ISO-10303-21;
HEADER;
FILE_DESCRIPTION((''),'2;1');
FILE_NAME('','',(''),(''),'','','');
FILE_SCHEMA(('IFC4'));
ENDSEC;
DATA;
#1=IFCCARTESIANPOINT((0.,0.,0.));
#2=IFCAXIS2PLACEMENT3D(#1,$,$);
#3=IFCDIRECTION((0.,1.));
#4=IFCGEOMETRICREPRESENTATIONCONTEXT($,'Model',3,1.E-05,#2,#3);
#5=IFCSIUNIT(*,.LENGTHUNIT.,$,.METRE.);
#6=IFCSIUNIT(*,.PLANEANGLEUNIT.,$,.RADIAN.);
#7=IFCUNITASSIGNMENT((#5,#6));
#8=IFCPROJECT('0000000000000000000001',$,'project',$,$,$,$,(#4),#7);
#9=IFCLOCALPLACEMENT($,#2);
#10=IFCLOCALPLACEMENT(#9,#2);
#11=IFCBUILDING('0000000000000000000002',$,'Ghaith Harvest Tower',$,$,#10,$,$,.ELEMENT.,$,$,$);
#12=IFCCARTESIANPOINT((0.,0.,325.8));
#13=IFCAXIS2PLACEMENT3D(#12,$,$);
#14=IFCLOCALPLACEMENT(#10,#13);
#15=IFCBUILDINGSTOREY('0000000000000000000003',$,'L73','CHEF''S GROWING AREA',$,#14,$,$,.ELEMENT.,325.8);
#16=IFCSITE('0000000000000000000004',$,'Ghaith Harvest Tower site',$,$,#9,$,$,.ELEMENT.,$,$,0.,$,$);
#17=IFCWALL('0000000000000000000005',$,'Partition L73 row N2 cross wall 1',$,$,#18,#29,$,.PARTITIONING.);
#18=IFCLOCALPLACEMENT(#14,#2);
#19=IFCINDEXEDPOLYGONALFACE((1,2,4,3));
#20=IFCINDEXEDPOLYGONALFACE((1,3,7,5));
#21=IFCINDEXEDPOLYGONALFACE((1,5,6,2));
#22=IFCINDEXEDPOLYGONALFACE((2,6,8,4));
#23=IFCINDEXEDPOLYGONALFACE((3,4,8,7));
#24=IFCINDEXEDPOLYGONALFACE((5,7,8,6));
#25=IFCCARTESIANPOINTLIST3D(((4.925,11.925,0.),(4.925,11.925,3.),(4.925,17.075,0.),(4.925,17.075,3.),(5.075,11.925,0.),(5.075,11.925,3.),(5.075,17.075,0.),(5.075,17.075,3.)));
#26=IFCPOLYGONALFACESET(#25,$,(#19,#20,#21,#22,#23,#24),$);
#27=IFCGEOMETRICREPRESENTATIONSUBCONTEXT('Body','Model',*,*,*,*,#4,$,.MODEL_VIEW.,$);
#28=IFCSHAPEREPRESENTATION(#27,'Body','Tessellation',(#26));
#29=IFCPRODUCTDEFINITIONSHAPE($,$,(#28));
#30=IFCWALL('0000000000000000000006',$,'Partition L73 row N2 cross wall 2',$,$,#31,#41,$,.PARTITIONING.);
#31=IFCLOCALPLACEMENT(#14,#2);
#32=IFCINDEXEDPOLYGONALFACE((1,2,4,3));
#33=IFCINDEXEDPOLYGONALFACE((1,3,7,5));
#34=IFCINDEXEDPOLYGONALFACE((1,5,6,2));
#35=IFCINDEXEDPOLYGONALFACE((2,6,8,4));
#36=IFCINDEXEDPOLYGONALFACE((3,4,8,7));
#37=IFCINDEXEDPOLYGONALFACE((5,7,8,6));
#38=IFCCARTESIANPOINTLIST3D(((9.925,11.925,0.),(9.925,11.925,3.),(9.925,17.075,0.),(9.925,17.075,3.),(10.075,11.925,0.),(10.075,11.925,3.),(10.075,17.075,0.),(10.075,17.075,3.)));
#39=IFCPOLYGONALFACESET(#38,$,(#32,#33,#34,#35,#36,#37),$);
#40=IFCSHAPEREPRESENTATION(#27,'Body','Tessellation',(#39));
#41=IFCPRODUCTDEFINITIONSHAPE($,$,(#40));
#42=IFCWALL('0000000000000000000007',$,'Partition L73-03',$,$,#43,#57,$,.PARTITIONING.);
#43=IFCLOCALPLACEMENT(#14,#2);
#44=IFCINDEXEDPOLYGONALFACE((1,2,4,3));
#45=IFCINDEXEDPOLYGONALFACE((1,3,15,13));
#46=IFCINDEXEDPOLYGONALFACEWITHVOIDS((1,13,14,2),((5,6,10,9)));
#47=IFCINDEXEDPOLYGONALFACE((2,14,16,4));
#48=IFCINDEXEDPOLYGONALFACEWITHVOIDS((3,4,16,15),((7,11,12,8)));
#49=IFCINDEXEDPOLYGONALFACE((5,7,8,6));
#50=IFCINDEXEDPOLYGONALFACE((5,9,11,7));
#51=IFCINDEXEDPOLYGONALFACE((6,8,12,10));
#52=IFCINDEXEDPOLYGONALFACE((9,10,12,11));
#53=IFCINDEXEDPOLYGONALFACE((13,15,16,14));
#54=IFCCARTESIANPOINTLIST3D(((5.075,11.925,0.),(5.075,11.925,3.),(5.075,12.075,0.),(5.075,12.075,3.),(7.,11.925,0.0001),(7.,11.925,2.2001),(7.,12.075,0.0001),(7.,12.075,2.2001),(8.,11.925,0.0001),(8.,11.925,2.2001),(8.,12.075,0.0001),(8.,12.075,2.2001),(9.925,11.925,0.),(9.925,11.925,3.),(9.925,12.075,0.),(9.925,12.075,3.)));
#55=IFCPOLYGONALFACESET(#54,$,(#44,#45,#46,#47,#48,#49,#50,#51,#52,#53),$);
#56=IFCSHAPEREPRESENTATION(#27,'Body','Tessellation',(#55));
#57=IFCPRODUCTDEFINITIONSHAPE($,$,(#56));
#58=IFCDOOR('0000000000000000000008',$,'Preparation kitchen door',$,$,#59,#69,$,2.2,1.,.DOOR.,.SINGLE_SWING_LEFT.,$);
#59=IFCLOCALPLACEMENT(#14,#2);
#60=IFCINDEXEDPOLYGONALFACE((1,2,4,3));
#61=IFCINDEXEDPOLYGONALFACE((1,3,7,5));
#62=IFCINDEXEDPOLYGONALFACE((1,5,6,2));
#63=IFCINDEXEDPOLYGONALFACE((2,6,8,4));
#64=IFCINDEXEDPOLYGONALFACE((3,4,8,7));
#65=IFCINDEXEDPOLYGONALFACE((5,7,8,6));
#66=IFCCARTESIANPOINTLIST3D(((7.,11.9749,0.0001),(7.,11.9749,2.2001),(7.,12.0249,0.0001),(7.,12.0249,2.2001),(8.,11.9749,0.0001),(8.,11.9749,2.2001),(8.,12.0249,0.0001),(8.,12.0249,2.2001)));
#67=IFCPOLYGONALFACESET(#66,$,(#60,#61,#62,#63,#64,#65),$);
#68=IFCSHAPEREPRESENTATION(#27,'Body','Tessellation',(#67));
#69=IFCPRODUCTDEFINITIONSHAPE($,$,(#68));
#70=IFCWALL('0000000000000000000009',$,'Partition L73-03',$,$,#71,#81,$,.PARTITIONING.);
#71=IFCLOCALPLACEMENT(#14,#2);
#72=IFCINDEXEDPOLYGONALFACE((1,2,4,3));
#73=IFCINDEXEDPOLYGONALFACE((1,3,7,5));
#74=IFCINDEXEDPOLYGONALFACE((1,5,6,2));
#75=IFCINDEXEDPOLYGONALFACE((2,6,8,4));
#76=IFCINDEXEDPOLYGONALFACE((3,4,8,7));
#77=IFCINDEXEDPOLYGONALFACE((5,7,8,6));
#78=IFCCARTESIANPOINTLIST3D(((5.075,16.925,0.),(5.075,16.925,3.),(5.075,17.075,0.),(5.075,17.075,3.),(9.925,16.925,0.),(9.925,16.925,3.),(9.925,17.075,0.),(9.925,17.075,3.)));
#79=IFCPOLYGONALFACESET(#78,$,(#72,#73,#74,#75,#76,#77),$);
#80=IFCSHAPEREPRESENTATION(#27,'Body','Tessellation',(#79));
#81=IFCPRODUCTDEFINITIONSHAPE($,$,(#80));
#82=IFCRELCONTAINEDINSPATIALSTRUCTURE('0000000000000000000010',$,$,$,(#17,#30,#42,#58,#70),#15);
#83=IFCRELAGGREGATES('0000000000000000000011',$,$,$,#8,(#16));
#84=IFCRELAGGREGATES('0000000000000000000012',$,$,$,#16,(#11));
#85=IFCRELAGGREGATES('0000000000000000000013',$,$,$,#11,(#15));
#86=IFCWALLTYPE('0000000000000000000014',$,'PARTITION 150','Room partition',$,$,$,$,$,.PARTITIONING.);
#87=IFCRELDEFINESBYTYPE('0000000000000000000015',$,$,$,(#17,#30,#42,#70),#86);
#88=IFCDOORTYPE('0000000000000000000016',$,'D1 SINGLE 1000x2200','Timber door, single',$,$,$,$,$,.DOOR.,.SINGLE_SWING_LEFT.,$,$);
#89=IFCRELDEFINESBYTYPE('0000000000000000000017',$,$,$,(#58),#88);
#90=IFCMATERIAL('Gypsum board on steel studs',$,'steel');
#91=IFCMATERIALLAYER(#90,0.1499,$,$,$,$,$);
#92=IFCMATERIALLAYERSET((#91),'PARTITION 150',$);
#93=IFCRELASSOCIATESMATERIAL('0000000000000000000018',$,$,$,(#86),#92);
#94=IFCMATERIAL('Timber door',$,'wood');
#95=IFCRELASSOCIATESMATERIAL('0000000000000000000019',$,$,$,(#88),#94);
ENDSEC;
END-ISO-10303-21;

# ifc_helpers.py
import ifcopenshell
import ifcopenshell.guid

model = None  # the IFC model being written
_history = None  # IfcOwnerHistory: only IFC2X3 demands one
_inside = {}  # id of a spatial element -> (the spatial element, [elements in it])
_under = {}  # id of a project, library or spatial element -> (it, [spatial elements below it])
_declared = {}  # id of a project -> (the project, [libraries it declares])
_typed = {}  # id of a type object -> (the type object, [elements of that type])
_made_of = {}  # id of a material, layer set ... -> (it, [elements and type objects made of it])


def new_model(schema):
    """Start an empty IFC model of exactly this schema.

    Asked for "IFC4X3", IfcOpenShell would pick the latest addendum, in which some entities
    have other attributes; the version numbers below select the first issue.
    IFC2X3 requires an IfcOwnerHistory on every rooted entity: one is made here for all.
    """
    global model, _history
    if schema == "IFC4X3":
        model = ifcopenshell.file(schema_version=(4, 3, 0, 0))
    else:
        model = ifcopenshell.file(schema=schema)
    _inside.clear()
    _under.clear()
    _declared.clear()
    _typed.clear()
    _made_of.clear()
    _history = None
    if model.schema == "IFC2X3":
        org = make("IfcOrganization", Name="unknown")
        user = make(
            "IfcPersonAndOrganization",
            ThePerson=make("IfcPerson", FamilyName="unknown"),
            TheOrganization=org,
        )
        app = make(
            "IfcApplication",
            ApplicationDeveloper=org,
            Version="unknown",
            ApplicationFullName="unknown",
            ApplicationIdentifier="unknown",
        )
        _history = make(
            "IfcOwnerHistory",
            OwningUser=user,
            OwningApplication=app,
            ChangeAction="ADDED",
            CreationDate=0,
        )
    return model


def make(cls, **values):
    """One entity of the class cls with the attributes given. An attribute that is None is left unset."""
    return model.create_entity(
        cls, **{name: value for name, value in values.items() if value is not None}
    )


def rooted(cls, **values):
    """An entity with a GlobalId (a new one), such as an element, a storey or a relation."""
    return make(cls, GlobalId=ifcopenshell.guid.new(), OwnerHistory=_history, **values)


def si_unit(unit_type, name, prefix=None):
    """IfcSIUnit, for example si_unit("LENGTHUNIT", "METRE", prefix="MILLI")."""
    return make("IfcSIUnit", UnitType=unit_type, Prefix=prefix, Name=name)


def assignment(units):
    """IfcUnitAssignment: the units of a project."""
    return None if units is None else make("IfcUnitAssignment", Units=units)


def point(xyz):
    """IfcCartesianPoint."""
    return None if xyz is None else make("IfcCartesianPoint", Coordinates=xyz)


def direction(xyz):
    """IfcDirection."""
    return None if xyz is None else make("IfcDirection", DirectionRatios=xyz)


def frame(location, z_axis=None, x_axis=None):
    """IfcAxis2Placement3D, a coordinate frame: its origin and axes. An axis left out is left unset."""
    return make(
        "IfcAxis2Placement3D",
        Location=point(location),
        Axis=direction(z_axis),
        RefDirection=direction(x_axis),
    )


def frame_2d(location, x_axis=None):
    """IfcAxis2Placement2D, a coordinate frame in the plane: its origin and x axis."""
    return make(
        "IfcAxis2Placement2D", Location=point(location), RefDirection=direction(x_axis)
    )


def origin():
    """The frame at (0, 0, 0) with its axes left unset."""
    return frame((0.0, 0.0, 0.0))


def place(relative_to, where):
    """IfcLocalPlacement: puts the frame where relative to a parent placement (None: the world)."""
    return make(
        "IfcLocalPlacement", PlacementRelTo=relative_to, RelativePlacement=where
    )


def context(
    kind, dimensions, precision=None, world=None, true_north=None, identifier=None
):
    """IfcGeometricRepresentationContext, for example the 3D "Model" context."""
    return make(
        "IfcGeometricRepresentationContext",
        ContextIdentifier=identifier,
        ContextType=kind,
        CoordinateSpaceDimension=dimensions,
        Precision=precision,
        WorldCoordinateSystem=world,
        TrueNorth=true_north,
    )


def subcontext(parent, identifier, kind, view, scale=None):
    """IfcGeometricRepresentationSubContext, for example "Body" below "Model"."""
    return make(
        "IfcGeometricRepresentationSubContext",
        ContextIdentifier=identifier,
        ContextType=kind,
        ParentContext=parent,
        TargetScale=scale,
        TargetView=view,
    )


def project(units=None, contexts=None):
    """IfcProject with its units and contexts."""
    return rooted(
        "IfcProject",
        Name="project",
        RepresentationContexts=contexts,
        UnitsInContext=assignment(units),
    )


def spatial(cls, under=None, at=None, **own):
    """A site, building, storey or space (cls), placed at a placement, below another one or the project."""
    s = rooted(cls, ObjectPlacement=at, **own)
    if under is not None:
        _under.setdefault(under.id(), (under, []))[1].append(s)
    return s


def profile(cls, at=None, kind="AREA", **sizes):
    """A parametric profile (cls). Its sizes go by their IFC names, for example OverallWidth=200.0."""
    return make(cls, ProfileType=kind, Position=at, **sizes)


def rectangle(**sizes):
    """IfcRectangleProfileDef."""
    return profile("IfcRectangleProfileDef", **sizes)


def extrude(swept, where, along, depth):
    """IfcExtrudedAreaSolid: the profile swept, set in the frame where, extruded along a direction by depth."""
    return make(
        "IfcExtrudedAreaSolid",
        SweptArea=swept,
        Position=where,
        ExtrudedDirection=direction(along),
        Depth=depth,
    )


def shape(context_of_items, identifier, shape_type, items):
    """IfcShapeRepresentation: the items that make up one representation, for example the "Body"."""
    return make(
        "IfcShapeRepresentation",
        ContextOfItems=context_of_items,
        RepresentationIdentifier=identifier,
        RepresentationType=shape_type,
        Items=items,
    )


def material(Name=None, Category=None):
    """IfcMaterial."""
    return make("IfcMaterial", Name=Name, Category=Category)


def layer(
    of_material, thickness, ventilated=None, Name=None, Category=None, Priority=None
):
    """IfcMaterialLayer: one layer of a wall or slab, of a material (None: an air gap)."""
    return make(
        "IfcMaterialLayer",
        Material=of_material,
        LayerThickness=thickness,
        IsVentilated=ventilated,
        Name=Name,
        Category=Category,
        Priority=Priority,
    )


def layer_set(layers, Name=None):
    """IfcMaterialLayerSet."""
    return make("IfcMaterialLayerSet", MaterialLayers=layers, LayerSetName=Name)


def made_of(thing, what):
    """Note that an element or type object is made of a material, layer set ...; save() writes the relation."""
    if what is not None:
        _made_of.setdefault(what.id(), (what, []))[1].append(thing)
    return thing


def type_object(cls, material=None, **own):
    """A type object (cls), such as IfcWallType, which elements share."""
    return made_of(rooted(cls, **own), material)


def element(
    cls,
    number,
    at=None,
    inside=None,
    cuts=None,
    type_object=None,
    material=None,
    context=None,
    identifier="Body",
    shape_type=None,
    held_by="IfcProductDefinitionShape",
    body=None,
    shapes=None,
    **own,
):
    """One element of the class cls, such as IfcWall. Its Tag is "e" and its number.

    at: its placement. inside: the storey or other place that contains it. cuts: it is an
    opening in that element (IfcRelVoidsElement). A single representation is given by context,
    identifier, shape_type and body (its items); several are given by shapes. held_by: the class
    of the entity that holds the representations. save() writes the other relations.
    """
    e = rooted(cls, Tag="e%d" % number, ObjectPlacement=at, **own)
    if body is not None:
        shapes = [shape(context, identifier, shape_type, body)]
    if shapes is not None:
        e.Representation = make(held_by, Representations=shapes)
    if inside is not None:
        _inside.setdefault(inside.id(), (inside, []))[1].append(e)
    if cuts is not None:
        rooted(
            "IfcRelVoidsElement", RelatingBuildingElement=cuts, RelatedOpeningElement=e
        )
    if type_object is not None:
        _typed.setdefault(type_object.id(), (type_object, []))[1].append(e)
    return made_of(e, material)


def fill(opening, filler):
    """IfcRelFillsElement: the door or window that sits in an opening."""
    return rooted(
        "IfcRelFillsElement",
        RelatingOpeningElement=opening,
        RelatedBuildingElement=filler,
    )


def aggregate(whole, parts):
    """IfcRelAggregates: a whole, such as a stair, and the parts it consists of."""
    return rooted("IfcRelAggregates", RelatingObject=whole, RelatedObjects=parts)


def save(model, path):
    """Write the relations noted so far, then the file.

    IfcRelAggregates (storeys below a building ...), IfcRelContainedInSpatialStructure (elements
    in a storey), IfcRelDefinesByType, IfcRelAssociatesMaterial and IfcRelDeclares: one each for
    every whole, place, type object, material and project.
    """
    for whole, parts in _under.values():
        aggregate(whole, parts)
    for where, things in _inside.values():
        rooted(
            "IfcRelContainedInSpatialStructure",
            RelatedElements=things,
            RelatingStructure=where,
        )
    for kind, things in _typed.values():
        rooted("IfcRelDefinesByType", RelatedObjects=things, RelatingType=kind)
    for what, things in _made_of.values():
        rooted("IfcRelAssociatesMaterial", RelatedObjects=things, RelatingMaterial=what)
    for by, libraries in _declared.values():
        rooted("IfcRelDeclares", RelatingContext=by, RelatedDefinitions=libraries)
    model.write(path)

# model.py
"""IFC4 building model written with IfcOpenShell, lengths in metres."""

from ifc_helpers import new_model, si_unit, direction, frame, frame_2d, origin, place, context, subcontext, project, spatial, rectangle, extrude, material, layer, layer_set, type_object, element, fill, save


model = new_model("IFC4")

# Units and contexts
model_context = context("Model", 3, precision=1e-05, world=origin(), true_north=direction((0.0, 1.0)))
body_context = subcontext(model_context, "Body", "Model", "MODEL_VIEW")
ifc_project = project(units=[si_unit("LENGTHUNIT", "METRE"), si_unit("PLANEANGLEUNIT", "RADIAN")], contexts=[model_context])

# Site, building, storey
site_placement = place(None, origin())
site = spatial("IfcSite", under=ifc_project, at=site_placement, Name="Ghaith Harvest Tower site", CompositionType="ELEMENT", RefElevation=0.0)
building_placement = place(site_placement, origin())
building = spatial("IfcBuilding", under=site, at=building_placement, Name="Ghaith Harvest Tower", CompositionType="ELEMENT")
storey_placement = place(building_placement, frame((0.0, 0.0, 325.8)))
storey = spatial("IfcBuildingStorey", under=building, at=storey_placement, Name="L73", Description="CHEF'S GROWING AREA", CompositionType="ELEMENT", Elevation=325.8)

# Walls
ifc_material_1 = material(Name="Gypsum board on steel studs", Category="steel")
ifc_layer_1 = layer(ifc_material_1, 0.1499)
ifc_layer_set_1 = layer_set([ifc_layer_1], Name="PARTITION 150")
wall_type = type_object("IfcWallType", Name="PARTITION 150", Description="Room partition", PredefinedType="PARTITIONING", material=ifc_layer_set_1)
for number, where, z_axis, x_axis, name in (
    (1, (5.0, 11.925, 0.0), (0.0, 0.0, 1.0), (0.0, 1.0, 0.0), "Partition L73 row N2 cross wall 1"),
    (2, (10.0, 11.925, 0.0), (0.0, 0.0, 1.0), (0.0, 1.0, 0.0), "Partition L73 row N2 cross wall 2"),
):
    element("IfcWall", number, at=place(storey_placement, frame(where, z_axis=z_axis, x_axis=x_axis)), inside=storey, type_object=wall_type, Name=name, PredefinedType="PARTITIONING", context=body_context, shape_type="SweptSolid", body=[
        extrude(rectangle(XDim=5.1499, YDim=0.1499, at=frame_2d((2.575, 0.0))), origin(), (0.0, 0.0, 1.0), 3.0),
    ])

# Wall, opening, door
wall_1_placement = place(storey_placement, frame((5.075, 12.0, 0.0), z_axis=(0.0, 0.0, 1.0), x_axis=(1.0, 0.0, 0.0)))
wall_1 = element("IfcWall", 3, at=wall_1_placement, inside=storey, type_object=wall_type, Name="Partition L73-03", PredefinedType="PARTITIONING", context=body_context, shape_type="SweptSolid", body=[
    extrude(rectangle(XDim=4.8501, YDim=0.1499, at=frame_2d((2.425, 0.0))), origin(), (0.0, 0.0, 1.0), 3.0),
])
opening_placement = place(wall_1_placement, frame((1.925, 0.0, 0.0)))
opening = element("IfcOpeningElement", 4, at=opening_placement, cuts=wall_1, PredefinedType="OPENING", context=body_context, shape_type="SweptSolid", body=[
    extrude(rectangle(XDim=1.0, YDim=2.2, at=frame_2d((0.5, 1.1001))), frame((0.0, 0.085, 0.0), z_axis=(0.0, -1.0, 0.0), x_axis=(1.0, 0.0, 0.0)), (0.0, 0.0, 1.0), 0.1699),
])
ifc_material_2 = material(Name="Timber door", Category="wood")
door_type = type_object("IfcDoorType", Name="D1 SINGLE 1000x2200", Description="Timber door, single", OperationType="SINGLE_SWING_LEFT", PredefinedType="DOOR", material=ifc_material_2)
door_placement = place(opening_placement, origin())
door = element("IfcDoor", 5, at=door_placement, inside=storey, type_object=door_type, Name="Preparation kitchen door", OperationType="SINGLE_SWING_LEFT", OverallHeight=2.2, OverallWidth=1.0, PredefinedType="DOOR", context=body_context, shape_type="SweptSolid", body=[
    extrude(rectangle(XDim=1.0, YDim=2.2, at=frame_2d((0.5, 1.1001))), frame((0.0, 0.0249, 0.0), z_axis=(0.0, -1.0, 0.0), x_axis=(1.0, 0.0, 0.0)), (0.0, 0.0, 1.0), 0.05),
])
fill(opening, door)

# Wall
wall_2_placement = place(storey_placement, frame((5.075, 17.0, 0.0), z_axis=(0.0, 0.0, 1.0), x_axis=(1.0, 0.0, 0.0)))
element("IfcWall", 6, at=wall_2_placement, inside=storey, type_object=wall_type, Name="Partition L73-03", PredefinedType="PARTITIONING", context=body_context, shape_type="SweptSolid", body=[
    extrude(rectangle(XDim=4.8501, YDim=0.1499, at=frame_2d((2.425, 0.0))), origin(), (0.0, 0.0, 1.0), 3.0),
])

save(model, "model.ifc")
